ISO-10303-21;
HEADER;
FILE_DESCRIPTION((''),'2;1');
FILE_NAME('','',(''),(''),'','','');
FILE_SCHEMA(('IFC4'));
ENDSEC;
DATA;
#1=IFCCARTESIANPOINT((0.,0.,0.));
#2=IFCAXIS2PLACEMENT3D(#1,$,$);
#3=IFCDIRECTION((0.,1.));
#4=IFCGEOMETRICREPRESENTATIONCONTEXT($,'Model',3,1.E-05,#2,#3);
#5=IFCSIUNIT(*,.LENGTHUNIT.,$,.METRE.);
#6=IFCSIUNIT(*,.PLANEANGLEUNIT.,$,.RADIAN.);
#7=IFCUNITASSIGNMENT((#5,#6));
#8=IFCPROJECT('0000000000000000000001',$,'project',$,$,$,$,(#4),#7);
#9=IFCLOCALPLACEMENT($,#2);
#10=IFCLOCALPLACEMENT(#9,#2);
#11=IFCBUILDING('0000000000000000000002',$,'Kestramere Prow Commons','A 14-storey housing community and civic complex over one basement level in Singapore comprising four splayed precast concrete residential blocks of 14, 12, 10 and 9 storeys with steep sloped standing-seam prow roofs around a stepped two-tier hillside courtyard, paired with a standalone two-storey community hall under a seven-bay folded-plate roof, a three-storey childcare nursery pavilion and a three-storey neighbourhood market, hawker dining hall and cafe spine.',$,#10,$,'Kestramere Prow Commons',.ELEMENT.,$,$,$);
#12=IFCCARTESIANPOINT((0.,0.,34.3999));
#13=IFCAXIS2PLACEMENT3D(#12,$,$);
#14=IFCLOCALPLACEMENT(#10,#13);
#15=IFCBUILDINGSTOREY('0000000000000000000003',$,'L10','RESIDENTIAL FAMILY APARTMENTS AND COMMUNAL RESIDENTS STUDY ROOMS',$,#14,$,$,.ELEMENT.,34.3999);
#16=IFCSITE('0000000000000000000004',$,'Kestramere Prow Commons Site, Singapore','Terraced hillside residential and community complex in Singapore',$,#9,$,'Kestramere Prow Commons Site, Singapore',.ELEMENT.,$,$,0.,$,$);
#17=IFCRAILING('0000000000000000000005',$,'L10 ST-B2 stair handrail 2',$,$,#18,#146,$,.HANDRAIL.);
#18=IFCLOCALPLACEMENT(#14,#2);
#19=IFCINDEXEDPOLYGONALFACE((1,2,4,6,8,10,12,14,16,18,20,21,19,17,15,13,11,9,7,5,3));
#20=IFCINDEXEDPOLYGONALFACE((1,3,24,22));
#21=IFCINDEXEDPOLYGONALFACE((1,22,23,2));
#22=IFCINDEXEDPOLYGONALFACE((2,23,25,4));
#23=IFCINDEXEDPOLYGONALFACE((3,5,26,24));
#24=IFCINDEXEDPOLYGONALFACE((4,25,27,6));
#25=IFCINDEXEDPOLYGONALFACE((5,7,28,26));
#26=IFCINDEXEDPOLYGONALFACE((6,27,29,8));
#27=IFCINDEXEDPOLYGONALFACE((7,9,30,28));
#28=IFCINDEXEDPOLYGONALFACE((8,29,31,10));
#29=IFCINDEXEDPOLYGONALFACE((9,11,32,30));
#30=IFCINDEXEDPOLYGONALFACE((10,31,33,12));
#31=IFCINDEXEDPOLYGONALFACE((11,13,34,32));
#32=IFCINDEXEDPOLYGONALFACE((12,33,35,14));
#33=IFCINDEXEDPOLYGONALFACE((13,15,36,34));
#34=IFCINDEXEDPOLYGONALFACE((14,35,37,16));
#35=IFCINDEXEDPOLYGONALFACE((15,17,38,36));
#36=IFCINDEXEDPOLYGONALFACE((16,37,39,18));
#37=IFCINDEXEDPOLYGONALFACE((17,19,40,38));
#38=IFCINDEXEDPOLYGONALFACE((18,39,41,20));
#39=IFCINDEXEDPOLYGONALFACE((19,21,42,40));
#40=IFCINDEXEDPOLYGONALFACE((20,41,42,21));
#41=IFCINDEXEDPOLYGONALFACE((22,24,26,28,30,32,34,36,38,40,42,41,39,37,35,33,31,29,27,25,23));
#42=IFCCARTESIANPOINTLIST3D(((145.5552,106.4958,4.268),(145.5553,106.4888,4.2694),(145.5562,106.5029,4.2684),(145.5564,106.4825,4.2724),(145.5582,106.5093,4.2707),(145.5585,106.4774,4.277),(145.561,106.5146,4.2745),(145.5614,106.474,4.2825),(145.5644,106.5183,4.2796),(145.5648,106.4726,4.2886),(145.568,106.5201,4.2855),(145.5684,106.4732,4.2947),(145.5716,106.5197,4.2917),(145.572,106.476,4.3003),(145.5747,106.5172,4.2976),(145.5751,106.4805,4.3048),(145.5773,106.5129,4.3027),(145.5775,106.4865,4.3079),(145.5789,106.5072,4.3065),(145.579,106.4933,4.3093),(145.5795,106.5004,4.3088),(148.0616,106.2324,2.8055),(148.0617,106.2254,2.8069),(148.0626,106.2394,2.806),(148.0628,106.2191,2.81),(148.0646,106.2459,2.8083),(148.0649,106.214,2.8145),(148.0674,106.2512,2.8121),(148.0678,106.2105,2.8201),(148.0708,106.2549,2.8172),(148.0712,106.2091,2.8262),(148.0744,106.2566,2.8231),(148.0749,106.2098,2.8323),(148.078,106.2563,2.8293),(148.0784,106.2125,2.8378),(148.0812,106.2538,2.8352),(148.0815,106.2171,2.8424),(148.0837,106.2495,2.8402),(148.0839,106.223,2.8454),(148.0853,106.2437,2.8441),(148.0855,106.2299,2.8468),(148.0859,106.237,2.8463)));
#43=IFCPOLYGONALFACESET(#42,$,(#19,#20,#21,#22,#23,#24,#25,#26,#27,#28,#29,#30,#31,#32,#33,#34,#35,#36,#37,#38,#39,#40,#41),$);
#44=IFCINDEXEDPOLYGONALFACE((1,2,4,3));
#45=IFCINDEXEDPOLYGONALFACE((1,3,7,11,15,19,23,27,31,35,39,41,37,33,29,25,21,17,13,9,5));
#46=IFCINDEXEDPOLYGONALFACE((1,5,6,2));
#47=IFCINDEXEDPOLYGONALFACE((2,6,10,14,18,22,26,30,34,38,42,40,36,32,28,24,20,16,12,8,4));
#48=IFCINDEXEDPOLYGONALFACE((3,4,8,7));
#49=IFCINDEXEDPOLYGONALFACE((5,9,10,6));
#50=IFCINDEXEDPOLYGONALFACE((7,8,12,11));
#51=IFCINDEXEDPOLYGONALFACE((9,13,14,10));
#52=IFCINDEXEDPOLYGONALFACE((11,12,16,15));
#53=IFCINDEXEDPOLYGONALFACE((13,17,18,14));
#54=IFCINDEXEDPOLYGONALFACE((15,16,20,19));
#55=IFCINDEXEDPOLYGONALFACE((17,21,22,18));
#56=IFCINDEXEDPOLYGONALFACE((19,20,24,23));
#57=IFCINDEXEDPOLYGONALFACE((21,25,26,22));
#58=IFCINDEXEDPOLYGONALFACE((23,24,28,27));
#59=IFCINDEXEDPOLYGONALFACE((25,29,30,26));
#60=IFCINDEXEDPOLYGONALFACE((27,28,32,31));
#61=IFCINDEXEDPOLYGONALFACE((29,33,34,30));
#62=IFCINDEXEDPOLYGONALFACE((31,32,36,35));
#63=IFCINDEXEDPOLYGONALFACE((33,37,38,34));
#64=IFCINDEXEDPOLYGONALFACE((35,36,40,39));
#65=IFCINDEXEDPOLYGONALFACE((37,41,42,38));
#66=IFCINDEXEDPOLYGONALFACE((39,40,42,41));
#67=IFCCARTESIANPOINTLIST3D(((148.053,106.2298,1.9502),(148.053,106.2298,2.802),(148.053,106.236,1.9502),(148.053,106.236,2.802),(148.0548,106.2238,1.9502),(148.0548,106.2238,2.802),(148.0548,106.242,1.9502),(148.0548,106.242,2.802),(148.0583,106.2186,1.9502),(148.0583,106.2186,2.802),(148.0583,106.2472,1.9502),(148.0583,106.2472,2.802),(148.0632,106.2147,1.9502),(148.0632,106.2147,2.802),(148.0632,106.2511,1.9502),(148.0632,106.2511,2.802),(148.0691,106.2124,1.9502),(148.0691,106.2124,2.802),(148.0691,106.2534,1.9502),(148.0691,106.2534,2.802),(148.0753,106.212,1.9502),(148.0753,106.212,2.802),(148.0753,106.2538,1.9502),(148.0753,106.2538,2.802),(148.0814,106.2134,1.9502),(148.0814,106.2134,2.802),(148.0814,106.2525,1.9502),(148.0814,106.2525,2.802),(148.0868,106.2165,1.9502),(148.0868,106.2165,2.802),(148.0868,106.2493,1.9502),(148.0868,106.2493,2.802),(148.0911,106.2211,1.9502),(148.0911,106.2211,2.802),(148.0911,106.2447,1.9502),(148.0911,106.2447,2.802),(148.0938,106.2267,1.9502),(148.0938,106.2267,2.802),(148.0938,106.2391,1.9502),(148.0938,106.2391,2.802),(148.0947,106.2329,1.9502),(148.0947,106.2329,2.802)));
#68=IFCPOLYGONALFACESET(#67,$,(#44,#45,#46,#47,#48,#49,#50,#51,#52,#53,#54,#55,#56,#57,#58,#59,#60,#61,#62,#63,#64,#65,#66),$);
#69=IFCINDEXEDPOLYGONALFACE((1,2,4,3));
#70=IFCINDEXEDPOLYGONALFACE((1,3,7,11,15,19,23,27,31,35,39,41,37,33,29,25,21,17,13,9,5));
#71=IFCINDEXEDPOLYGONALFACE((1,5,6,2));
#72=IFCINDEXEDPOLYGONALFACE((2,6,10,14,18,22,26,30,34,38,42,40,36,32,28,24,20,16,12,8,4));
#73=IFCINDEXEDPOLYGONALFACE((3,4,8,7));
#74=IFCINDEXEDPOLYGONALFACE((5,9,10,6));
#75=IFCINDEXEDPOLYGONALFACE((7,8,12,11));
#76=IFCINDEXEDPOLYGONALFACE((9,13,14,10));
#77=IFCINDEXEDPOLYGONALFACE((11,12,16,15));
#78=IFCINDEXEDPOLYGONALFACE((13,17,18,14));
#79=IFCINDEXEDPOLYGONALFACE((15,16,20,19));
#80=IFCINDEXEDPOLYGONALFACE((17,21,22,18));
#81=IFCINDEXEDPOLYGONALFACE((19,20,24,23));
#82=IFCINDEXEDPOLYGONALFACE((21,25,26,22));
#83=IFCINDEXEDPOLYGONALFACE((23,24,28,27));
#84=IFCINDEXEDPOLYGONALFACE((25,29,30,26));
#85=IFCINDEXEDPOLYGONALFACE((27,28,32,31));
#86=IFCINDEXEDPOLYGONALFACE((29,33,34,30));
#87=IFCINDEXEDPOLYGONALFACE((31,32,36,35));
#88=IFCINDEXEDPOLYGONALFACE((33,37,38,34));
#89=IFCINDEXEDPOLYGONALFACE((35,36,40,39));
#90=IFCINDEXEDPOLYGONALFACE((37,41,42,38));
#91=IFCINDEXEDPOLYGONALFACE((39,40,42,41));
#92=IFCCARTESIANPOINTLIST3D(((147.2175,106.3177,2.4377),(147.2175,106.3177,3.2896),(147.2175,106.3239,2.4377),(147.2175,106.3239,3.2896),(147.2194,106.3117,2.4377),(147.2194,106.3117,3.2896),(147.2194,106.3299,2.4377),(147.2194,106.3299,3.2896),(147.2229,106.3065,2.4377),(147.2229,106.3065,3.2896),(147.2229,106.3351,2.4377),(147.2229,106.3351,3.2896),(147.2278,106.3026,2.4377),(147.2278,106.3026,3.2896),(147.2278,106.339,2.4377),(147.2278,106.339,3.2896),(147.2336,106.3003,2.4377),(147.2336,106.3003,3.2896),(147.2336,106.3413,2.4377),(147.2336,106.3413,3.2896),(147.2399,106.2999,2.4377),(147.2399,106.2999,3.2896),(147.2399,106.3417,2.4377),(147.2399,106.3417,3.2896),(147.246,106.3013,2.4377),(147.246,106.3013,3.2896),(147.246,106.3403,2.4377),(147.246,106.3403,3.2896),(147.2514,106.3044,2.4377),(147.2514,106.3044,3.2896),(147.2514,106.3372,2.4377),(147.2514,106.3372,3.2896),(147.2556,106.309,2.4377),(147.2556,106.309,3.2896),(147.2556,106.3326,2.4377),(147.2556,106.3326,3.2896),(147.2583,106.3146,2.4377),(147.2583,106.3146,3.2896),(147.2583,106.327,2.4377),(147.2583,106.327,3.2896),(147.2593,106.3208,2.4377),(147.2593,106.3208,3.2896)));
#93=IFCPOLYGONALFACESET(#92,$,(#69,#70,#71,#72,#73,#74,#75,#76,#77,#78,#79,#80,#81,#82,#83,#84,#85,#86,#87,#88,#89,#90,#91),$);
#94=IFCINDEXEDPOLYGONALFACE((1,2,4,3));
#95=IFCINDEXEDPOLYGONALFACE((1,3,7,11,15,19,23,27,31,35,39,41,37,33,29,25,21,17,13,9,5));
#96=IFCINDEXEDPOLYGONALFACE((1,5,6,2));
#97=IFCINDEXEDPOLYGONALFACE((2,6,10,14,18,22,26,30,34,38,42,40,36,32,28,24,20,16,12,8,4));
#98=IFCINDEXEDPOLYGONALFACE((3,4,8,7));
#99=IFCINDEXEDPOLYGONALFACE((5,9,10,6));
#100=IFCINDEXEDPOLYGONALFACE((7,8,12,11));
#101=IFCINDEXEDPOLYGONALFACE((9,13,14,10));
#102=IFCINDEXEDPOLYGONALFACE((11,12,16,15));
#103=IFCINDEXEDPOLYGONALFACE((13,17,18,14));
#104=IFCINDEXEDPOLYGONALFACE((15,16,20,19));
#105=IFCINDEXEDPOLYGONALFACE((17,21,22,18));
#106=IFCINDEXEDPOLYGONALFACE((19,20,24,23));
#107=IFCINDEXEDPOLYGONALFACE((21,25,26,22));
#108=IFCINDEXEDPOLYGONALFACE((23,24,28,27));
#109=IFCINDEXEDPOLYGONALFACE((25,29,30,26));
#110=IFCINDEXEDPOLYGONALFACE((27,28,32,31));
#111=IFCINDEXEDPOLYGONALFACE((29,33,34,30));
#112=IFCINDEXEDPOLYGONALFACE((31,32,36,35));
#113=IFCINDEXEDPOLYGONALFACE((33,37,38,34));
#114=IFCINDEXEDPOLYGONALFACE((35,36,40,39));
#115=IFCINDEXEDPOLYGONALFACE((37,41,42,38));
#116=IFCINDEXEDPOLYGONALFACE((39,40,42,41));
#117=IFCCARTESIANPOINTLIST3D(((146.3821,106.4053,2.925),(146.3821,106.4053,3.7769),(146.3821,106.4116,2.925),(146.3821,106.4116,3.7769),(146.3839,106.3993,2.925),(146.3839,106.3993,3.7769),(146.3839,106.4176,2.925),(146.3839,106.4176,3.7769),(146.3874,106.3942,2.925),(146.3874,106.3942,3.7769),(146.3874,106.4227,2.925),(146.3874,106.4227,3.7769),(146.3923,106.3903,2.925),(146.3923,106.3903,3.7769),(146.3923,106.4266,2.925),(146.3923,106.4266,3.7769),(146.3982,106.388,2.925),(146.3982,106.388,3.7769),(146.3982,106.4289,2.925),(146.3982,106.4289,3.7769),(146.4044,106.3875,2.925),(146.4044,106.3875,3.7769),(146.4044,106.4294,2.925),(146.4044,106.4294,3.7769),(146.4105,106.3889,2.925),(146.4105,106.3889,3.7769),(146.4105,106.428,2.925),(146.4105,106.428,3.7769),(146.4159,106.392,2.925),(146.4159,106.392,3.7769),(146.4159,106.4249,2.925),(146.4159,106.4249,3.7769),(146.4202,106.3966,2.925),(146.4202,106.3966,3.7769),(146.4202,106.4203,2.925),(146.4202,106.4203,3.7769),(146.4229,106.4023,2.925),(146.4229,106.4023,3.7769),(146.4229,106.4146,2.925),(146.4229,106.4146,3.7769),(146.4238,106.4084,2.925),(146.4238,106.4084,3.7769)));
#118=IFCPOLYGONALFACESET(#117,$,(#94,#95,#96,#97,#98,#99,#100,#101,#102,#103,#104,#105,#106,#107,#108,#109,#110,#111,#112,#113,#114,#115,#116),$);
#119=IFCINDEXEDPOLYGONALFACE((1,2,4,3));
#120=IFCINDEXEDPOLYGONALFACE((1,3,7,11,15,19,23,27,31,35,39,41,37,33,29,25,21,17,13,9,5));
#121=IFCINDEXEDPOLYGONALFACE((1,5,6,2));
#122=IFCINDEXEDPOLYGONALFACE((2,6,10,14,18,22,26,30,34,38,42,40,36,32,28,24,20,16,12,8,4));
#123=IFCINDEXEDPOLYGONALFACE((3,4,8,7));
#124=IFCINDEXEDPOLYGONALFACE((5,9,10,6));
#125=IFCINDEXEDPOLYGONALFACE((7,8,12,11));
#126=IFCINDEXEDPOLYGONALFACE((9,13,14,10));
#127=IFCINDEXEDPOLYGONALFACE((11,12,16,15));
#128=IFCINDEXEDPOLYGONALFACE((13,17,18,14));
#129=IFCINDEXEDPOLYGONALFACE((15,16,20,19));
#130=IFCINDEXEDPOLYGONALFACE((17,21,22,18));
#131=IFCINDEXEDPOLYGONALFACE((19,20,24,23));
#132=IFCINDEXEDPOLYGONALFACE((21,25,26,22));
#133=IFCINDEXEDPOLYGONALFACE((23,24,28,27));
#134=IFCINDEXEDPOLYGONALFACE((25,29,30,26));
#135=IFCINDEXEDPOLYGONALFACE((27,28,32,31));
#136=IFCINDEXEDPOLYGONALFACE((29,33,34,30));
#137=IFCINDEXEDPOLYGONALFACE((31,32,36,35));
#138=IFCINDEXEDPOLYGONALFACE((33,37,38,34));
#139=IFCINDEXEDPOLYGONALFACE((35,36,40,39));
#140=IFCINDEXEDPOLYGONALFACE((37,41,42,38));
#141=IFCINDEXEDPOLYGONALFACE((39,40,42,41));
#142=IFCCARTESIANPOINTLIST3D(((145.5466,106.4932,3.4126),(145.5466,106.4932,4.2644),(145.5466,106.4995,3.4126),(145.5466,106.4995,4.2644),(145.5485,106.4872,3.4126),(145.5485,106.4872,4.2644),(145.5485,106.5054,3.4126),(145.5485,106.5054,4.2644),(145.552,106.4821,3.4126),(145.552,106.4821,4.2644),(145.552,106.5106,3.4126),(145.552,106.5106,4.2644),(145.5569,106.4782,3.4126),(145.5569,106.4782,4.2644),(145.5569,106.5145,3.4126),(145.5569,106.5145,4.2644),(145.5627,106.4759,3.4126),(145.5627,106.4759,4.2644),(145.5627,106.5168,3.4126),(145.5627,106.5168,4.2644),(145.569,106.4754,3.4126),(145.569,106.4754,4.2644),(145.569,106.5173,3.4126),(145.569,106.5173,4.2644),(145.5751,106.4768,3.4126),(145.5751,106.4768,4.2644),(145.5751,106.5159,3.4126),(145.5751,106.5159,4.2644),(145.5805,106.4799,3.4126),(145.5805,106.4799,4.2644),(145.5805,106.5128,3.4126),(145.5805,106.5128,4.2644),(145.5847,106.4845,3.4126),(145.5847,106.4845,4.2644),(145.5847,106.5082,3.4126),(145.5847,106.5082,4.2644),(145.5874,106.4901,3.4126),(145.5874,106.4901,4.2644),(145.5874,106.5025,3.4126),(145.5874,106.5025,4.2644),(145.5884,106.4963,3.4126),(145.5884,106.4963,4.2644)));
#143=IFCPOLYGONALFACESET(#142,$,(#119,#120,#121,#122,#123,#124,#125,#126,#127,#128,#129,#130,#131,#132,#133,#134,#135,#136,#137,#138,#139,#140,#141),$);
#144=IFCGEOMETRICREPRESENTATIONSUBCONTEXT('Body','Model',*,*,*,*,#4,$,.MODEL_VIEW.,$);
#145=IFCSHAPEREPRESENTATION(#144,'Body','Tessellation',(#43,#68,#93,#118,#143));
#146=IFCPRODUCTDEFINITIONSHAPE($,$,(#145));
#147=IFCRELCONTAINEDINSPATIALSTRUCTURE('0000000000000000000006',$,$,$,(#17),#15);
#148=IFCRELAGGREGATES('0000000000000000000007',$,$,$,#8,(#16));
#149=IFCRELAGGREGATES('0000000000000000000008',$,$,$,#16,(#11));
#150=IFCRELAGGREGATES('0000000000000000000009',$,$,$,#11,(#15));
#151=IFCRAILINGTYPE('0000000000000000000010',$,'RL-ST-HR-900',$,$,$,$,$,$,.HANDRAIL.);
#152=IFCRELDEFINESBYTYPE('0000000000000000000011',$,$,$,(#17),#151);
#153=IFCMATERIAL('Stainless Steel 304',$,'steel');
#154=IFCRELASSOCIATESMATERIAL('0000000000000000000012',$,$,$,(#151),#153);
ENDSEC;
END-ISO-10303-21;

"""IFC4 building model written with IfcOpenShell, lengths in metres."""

from ifc_helpers import new_model, si_unit, direction, frame, origin, origin_2d, place, context, subcontext, project, spatial, circle, extrude, material, type_object, element, save


model = new_model("IFC4")

# Units and contexts
model_context = context("Model", 3, precision=1e-05, world=origin(), true_north=direction((0.0, 1.0)))
body_context = subcontext(model_context, "Body", "Model", "MODEL_VIEW")
ifc_project = project(units=[si_unit("LENGTHUNIT", "METRE"), si_unit("PLANEANGLEUNIT", "RADIAN")], contexts=[model_context])

# Site, building, storey
site_placement = place(None, origin())
site = spatial("IfcSite", under=ifc_project, at=site_placement, Name="Kestramere Prow Commons Site, Singapore", Description="Terraced hillside residential and community complex in Singapore", LongName="Kestramere Prow Commons Site, Singapore", CompositionType="ELEMENT", RefElevation=0.0)
building_placement = place(site_placement, origin())
building = spatial("IfcBuilding", under=site, at=building_placement, Name="Kestramere Prow Commons", Description="A 14-storey housing community and civic complex over one basement level in Singapore comprising four splayed precast concrete residential blocks of 14, 12, 10 and 9 storeys with steep sloped standing-seam prow roofs around a stepped two-tier hillside courtyard, paired with a standalone two-storey community hall under a seven-bay folded-plate roof, a three-storey childcare nursery pavilion and a three-storey neighbourhood market, hawker dining hall and cafe spine.", LongName="Kestramere Prow Commons", CompositionType="ELEMENT")
storey_placement = place(building_placement, frame((0.0, 0.0, 34.3999)))
storey = spatial("IfcBuildingStorey", under=building, at=storey_placement, Name="L10", Description="RESIDENTIAL FAMILY APARTMENTS AND COMMUNAL RESIDENTS STUDY ROOMS", CompositionType="ELEMENT", Elevation=34.3999)

# Railing
ifc_material_1 = material(Name="Stainless Steel 304", Category="steel")
railing_type = type_object("IfcRailingType", Name="RL-ST-HR-900", PredefinedType="HANDRAIL", material=ifc_material_1)
railing_placement = place(storey_placement, frame((148.0737, 106.2329, 1.9502)))
element("IfcRailing", 1, at=railing_placement, inside=storey, type_object=railing_type, Name="L10 ST-B2 stair handrail 2", PredefinedType="HANDRAIL", context=body_context, shape_type="SweptSolid", body=[
    extrude(circle(Radius=0.0239, at=origin_2d()), frame((0.0, 0.0, 0.876), z_axis=(-0.860187, 0.090409, 0.501901), x_axis=(-0.104528, -0.994522, 0.0)), (0.0, 0.0, 1.0), 2.9138),
    extrude(circle(Radius=0.021, at=origin_2d()), origin(), (0.0, 0.0, 1.0), 0.8518),
    extrude(circle(Radius=0.021, at=origin_2d()), frame((-0.8354, 0.0879, 0.4875)), (0.0, 0.0, 1.0), 0.8518),
    extrude(circle(Radius=0.021, at=origin_2d()), frame((-1.6709, 0.1755, 0.9749)), (0.0, 0.0, 1.0), 0.8518),
    extrude(circle(Radius=0.021, at=origin_2d()), frame((-2.5063, 0.2634, 1.4624)), (0.0, 0.0, 1.0), 0.8518),
])

save(model, "model.ifc")
